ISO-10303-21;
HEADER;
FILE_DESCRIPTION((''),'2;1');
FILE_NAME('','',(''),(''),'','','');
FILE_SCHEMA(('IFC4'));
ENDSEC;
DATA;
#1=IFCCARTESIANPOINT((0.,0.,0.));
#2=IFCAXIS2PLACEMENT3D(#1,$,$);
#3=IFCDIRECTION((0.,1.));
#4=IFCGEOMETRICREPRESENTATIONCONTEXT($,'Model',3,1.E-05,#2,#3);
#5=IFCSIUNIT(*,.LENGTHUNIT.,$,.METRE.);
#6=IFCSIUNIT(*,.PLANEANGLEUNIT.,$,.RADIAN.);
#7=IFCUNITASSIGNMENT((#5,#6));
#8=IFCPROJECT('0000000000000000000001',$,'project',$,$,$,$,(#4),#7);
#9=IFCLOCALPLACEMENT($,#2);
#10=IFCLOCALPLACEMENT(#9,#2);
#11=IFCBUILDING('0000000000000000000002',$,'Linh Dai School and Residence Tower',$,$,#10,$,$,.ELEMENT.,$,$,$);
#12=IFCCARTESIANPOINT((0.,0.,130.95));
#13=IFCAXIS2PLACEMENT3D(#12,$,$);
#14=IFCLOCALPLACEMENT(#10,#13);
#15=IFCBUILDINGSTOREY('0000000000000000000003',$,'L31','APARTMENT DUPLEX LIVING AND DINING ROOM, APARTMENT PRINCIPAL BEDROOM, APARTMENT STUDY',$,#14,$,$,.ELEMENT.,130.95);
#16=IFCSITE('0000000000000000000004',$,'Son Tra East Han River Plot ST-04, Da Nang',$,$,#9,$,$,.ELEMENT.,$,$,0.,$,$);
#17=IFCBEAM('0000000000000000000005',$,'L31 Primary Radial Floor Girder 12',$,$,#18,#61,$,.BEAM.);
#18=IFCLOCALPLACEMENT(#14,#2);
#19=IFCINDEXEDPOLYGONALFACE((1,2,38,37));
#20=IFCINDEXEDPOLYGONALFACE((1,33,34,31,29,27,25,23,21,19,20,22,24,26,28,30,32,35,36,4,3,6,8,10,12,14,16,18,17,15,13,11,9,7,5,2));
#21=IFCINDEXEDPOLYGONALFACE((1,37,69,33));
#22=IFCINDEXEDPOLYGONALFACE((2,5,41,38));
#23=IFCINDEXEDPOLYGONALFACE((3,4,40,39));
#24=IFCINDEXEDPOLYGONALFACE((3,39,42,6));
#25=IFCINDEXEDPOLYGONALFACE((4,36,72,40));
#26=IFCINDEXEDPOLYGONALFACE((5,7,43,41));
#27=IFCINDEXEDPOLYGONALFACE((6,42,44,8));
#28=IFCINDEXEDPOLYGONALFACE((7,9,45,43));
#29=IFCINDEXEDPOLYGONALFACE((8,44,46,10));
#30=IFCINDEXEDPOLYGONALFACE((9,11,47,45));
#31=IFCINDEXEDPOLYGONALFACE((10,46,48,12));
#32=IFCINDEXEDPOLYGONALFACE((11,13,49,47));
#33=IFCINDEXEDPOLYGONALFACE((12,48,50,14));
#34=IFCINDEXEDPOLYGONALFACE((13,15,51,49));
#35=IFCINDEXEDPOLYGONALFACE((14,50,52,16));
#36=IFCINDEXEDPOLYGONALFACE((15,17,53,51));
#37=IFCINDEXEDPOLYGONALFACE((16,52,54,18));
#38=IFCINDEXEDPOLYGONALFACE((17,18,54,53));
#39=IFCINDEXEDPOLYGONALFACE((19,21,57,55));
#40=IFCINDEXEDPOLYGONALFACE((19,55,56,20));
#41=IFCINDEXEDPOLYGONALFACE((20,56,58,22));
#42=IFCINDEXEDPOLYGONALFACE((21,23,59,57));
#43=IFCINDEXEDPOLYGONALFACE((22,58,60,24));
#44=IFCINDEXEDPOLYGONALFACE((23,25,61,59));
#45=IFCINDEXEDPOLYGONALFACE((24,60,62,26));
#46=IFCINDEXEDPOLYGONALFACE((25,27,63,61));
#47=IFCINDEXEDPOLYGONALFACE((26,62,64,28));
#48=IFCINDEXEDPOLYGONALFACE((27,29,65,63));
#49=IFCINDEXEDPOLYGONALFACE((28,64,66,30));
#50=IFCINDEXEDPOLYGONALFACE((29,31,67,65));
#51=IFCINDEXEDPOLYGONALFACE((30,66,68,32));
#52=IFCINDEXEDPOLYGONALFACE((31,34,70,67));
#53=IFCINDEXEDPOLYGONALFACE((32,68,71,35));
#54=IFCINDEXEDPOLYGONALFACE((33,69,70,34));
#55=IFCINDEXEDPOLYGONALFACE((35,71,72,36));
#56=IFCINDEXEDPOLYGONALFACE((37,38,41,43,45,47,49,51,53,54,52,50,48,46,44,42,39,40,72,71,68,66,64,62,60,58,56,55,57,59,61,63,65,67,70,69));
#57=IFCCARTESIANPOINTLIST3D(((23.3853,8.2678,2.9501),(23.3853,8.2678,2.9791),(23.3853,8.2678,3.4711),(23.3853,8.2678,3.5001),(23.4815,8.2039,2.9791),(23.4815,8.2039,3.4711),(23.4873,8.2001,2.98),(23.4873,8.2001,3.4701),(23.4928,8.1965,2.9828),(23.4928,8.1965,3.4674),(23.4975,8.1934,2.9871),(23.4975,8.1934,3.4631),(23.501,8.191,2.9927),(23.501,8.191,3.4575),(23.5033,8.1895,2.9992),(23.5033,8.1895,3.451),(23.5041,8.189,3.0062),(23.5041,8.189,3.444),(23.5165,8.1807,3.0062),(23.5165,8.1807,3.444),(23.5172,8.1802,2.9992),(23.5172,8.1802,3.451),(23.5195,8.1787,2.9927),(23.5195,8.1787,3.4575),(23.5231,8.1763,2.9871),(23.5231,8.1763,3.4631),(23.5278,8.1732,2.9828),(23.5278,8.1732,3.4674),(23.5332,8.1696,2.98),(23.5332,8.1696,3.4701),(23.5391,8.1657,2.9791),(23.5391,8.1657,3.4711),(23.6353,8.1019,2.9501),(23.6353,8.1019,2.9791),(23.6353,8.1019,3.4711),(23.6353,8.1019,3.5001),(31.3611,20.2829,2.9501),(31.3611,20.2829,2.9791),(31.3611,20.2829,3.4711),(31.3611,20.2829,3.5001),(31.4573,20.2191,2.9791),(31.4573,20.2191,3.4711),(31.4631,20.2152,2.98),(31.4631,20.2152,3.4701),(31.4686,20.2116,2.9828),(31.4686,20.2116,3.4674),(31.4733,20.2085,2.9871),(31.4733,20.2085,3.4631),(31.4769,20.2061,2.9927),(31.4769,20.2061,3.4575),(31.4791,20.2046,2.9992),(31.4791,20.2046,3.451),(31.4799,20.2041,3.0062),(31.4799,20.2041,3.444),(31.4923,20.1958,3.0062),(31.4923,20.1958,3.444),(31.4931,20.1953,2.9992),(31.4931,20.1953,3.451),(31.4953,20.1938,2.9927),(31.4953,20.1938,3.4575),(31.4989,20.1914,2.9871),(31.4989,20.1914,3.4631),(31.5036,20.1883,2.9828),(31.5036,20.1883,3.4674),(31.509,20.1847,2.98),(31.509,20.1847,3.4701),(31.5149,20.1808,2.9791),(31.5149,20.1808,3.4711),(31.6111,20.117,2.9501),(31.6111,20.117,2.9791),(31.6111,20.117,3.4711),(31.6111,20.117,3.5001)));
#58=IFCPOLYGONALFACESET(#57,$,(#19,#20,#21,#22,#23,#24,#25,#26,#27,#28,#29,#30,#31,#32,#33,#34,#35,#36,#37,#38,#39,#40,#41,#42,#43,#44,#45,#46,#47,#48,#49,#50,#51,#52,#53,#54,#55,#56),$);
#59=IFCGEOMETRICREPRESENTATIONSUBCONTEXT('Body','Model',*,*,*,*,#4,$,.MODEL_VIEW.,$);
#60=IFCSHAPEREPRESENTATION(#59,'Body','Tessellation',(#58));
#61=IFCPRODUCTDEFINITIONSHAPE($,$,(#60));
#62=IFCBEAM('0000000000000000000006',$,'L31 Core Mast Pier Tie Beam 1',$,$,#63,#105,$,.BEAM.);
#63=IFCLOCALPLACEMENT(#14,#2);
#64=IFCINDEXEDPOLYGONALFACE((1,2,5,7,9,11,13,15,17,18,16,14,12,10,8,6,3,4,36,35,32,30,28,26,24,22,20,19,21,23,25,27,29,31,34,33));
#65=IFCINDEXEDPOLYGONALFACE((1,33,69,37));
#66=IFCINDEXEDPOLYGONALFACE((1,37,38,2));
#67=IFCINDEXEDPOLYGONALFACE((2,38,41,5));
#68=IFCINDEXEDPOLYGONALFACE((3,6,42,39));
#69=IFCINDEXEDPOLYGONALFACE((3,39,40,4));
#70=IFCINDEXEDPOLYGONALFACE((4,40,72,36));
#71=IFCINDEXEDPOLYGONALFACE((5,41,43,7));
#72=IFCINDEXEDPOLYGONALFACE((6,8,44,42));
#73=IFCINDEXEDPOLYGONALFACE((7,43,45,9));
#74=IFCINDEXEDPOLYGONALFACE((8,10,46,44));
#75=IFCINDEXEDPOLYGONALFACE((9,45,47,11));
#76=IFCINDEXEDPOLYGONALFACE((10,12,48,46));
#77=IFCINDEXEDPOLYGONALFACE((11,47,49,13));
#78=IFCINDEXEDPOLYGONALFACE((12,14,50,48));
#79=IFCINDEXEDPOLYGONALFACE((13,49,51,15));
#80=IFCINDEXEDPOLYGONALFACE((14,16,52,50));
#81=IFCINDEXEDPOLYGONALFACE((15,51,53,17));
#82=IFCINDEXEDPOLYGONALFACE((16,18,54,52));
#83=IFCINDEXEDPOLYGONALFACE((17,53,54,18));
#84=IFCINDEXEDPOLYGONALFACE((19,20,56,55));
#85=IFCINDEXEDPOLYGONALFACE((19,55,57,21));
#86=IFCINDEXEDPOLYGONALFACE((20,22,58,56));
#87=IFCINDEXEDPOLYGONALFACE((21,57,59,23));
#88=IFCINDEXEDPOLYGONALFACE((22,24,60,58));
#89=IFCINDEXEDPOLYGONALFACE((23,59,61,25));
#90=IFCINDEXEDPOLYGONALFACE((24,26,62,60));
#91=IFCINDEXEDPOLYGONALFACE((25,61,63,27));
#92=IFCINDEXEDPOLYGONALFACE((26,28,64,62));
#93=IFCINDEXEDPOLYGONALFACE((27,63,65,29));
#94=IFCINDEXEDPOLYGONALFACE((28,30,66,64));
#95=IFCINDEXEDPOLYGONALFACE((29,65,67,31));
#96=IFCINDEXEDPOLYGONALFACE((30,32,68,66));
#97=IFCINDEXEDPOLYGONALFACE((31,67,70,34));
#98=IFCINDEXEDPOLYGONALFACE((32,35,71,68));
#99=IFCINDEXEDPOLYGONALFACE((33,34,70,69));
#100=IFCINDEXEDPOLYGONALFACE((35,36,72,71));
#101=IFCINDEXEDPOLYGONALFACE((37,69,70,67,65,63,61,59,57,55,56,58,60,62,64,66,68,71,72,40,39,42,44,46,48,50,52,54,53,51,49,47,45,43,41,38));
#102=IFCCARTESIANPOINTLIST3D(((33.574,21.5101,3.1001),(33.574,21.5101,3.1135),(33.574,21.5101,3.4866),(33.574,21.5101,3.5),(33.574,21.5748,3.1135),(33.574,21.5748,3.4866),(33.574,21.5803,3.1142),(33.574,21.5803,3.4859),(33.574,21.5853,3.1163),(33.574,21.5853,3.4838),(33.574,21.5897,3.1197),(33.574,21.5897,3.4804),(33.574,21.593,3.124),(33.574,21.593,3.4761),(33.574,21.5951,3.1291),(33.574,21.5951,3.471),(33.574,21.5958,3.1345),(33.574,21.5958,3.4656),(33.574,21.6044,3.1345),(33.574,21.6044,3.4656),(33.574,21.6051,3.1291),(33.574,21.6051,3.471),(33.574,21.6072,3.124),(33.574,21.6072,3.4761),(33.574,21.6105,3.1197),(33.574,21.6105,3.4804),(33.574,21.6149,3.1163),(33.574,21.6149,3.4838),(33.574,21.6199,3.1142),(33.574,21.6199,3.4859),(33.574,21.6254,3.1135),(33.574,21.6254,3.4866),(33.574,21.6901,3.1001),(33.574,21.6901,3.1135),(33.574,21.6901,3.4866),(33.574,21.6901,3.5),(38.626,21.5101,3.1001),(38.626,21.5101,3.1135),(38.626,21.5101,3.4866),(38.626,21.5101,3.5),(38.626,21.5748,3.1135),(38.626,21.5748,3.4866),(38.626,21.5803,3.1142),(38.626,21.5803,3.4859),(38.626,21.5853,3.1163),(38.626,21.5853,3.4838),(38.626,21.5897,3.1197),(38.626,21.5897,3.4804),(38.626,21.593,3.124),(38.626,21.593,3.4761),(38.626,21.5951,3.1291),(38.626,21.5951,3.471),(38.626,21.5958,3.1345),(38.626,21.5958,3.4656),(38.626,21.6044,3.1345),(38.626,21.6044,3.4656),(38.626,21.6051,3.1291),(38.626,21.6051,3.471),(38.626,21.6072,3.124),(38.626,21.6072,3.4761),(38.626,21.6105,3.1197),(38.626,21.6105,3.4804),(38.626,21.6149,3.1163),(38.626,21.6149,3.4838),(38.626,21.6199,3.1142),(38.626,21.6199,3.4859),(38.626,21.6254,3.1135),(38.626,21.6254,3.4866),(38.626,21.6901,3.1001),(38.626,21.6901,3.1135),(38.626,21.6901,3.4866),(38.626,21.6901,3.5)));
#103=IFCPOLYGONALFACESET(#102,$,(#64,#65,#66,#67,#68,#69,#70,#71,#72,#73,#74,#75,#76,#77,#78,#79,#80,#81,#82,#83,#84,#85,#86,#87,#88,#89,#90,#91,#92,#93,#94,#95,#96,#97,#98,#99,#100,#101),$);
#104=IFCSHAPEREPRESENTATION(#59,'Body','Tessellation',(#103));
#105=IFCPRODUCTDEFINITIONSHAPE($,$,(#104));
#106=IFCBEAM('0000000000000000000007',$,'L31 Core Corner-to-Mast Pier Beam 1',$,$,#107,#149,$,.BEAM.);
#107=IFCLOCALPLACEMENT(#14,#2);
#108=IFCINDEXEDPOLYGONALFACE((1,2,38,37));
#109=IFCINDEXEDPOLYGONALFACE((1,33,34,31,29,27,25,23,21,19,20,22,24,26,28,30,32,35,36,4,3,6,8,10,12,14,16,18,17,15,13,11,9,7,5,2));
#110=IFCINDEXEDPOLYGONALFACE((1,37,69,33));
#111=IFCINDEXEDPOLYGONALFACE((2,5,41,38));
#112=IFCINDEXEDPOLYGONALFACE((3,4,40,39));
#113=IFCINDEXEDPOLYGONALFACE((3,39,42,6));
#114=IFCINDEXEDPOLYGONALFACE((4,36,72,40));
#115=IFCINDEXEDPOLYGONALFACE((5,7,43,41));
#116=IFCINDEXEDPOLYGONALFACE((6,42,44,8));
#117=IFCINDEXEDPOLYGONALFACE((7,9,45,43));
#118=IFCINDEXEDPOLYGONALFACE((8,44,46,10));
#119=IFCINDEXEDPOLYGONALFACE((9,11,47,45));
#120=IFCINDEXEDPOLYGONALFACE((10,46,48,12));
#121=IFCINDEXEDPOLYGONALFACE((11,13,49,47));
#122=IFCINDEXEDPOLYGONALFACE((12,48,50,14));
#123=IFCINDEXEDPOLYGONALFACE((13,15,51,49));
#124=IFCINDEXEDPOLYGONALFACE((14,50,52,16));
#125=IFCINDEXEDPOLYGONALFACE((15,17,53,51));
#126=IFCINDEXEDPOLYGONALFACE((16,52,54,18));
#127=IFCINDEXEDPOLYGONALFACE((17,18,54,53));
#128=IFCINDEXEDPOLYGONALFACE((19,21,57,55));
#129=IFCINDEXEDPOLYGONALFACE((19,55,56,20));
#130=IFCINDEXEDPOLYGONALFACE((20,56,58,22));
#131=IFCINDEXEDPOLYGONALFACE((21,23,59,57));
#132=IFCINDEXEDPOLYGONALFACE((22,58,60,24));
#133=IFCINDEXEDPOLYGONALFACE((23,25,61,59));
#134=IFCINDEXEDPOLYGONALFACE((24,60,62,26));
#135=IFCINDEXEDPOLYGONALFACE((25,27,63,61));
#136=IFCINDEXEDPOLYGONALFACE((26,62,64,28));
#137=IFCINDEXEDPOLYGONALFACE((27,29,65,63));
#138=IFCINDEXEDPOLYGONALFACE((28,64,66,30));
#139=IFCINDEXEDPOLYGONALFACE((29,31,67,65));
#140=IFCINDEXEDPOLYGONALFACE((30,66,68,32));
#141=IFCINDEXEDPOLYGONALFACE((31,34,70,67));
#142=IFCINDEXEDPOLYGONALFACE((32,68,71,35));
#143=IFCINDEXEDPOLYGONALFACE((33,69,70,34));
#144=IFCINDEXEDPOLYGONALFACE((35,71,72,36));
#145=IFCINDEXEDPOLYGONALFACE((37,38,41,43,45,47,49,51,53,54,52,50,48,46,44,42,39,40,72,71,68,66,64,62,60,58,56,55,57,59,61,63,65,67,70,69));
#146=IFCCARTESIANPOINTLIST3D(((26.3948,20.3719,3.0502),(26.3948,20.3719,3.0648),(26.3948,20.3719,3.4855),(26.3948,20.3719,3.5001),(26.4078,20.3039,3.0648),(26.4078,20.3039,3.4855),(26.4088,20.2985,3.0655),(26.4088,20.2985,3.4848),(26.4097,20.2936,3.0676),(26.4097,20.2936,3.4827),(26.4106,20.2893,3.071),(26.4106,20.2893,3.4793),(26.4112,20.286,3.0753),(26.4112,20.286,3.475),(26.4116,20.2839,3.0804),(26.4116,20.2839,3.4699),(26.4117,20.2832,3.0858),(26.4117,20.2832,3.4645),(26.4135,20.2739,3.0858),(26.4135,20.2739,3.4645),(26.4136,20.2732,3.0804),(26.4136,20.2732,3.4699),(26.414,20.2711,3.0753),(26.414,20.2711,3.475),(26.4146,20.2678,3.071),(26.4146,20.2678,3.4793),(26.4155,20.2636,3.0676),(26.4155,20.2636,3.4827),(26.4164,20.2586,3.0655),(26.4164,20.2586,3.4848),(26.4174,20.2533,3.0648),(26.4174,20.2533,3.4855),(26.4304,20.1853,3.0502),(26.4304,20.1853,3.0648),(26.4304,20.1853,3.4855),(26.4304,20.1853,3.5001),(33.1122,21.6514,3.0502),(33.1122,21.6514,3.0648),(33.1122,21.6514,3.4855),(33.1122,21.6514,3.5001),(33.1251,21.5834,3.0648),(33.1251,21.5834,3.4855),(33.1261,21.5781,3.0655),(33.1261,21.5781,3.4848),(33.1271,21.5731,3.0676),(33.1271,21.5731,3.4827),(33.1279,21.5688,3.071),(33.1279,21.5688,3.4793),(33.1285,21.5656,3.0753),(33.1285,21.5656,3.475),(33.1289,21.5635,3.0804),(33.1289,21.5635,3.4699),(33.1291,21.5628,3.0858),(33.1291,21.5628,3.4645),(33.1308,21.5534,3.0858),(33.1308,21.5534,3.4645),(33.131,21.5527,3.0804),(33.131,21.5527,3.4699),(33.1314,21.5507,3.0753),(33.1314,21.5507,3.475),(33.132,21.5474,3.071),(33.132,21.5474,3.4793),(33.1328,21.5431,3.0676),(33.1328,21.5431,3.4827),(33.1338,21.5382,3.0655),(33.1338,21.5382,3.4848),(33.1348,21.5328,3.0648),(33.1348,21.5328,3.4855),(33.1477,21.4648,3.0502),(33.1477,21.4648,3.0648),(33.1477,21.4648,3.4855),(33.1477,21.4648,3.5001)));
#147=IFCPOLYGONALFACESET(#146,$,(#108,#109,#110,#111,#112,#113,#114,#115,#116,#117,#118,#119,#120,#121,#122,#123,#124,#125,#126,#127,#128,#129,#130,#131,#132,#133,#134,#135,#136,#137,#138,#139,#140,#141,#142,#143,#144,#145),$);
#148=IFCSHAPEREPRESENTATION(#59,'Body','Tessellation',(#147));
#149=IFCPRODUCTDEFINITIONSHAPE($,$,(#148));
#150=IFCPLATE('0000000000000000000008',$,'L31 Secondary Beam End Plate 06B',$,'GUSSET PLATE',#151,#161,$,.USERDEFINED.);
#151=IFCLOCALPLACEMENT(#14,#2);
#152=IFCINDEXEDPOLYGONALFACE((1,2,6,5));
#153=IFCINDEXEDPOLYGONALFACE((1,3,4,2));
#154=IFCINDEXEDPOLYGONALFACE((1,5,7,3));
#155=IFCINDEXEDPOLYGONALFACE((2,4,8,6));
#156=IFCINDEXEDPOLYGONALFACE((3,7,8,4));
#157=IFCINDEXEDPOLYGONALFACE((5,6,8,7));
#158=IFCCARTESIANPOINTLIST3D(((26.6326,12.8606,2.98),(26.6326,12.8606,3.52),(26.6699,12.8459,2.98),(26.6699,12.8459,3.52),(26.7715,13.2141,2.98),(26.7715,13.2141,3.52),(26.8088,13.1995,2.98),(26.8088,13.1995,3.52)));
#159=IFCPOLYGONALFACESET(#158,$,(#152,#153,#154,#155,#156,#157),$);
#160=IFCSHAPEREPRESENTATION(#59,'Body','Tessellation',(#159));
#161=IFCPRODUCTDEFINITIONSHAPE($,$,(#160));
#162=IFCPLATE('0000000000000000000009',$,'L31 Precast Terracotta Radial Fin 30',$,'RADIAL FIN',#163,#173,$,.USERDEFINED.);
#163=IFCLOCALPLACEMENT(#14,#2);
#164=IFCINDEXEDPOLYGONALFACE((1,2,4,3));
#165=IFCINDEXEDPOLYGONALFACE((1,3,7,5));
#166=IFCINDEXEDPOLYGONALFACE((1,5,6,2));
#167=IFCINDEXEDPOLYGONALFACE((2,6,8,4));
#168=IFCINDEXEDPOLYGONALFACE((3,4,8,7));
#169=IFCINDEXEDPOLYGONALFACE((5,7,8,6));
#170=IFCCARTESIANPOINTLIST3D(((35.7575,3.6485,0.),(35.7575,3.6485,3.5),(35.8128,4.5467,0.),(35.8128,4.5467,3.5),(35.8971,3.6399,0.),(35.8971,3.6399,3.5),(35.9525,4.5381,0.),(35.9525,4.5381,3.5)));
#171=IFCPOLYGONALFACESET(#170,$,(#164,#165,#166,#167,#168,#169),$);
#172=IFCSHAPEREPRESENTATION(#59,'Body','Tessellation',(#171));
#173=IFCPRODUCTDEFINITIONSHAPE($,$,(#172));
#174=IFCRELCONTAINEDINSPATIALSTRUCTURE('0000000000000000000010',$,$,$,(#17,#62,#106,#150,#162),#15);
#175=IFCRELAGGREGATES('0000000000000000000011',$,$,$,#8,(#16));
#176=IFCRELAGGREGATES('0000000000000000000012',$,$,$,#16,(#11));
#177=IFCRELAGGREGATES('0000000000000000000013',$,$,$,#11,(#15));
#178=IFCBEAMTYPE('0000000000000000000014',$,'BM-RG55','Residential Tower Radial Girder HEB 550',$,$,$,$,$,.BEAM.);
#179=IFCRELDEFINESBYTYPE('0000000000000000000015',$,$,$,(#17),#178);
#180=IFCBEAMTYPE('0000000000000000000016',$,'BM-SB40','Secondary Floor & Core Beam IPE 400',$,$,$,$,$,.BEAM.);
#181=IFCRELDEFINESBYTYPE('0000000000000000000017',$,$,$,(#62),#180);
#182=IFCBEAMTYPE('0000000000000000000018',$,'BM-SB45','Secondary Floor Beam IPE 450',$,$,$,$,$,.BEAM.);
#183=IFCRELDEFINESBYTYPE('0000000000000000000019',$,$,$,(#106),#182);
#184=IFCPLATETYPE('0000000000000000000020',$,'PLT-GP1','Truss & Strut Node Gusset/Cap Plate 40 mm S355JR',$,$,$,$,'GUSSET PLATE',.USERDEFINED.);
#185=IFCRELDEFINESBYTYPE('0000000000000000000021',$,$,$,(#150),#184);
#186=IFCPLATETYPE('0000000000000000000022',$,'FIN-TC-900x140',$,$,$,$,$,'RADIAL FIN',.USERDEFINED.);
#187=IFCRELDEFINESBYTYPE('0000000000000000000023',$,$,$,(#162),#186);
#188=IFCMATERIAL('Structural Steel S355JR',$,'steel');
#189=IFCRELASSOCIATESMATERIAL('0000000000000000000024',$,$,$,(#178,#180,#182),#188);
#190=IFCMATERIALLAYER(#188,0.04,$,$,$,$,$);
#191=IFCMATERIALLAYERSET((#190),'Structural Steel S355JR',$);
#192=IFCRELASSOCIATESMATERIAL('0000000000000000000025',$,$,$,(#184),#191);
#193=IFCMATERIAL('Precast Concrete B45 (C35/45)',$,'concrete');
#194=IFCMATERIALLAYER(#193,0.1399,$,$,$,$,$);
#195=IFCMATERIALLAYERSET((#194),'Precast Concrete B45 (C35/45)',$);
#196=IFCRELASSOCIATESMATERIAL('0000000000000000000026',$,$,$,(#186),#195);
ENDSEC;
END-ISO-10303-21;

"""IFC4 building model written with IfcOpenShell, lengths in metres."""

from ifc_helpers import new_model, si_unit, direction, frame, origin, origin_2d, place, context, subcontext, project, spatial, rectangle, i_section, extrude, source, transform, mapped, material, layer, layer_set, material_profile, profile_set, type_object, element, save


model = new_model("IFC4")

# Units and contexts
model_context = context("Model", 3, precision=1e-05, world=origin(), true_north=direction((0.0, 1.0)))
body_context = subcontext(model_context, "Body", "Model", "MODEL_VIEW")
ifc_project = project(units=[si_unit("LENGTHUNIT", "METRE"), si_unit("PLANEANGLEUNIT", "RADIAN")], contexts=[model_context])

# Site, building, storey
site_placement = place(None, origin())
site = spatial("IfcSite", under=ifc_project, at=site_placement, Name="Son Tra East Han River Plot ST-04, Da Nang", CompositionType="ELEMENT", RefElevation=0.0)
building_placement = place(site_placement, origin())
building = spatial("IfcBuilding", under=site, at=building_placement, Name="Linh Dai School and Residence Tower", CompositionType="ELEMENT")
storey_placement = place(building_placement, frame((0.0, 0.0, 130.95)))
storey = spatial("IfcBuildingStorey", under=building, at=storey_placement, Name="L31", Description="APARTMENT DUPLEX LIVING AND DINING ROOM, APARTMENT PRINCIPAL BEDROOM, APARTMENT STUDY", CompositionType="ELEMENT", Elevation=130.95)

# Shared definitions
ifc_material_1 = material(Name="Structural Steel S355JR", Category="steel")

# Beams
ifc_material_profile_1 = material_profile(ifc_material_1, i_section(OverallWidth=0.3, OverallDepth=0.55, WebThickness=0.0149, FlangeThickness=0.0291, FilletRadius=0.0271, at=origin_2d()), Name="HEB 550")
ifc_profile_set_1 = profile_set([ifc_material_profile_1], Name="Structural Steel S355JR")
beam_type_1 = type_object("IfcBeamType", Name="BM-RG55", Description="Residential Tower Radial Girder HEB 550", PredefinedType="BEAM", material=ifc_profile_set_1)
beam_1_placement = place(storey_placement, frame((31.4861, 20.2, 3.2251), z_axis=(-0.553054, -0.833145, 0.0), x_axis=(0.833145, -0.553054, 0.0)))
element("IfcBeam", 1, at=beam_1_placement, inside=storey, type_object=beam_type_1, Name="L31 Primary Radial Floor Girder 12", PredefinedType="BEAM", context=body_context, shape_type="SweptSolid", body=[
    extrude(i_section(OverallWidth=0.3, OverallDepth=0.55, WebThickness=0.0149, FlangeThickness=0.0291, FilletRadius=0.0271, at=origin_2d()), origin(), (0.0, 0.0, 1.0), 14.4214),
])
ifc_material_profile_2 = material_profile(ifc_material_1, i_section(OverallWidth=0.1799, OverallDepth=0.3999, WebThickness=0.0085, FlangeThickness=0.0134, FilletRadius=0.021, at=origin_2d()), Name="IPE 400")
ifc_profile_set_2 = profile_set([ifc_material_profile_2], Name="Structural Steel S355JR")
beam_type_2 = type_object("IfcBeamType", Name="BM-SB40", Description="Secondary Floor & Core Beam IPE 400", PredefinedType="BEAM", material=ifc_profile_set_2)
beam_2_placement = place(storey_placement, frame((33.574, 21.6001, 3.3), z_axis=(1.0, 0.0, 0.0), x_axis=(0.0, 1.0, 0.0)))
element("IfcBeam", 2, at=beam_2_placement, inside=storey, type_object=beam_type_2, Name="L31 Core Mast Pier Tie Beam 1", PredefinedType="BEAM", context=body_context, shape_type="SweptSolid", body=[
    extrude(i_section(OverallWidth=0.1799, OverallDepth=0.3999, WebThickness=0.0085, FlangeThickness=0.0134, FilletRadius=0.021, at=origin_2d()), origin(), (0.0, 0.0, 1.0), 5.052),
])
ifc_material_profile_3 = material_profile(ifc_material_1, i_section(OverallWidth=0.1899, OverallDepth=0.45, WebThickness=0.0095, FlangeThickness=0.0146, FilletRadius=0.021, at=origin_2d()), Name="IPE 450")
ifc_profile_set_3 = profile_set([ifc_material_profile_3], Name="Structural Steel S355JR")
beam_type_3 = type_object("IfcBeamType", Name="BM-SB45", Description="Secondary Floor Beam IPE 450", PredefinedType="BEAM", material=ifc_profile_set_3)
beam_3_placement = place(storey_placement, frame((26.4126, 20.2786, 3.2751), z_axis=(0.982337, 0.18712, 0.0), x_axis=(-0.18712, 0.982337, 0.0)))
element("IfcBeam", 3, at=beam_3_placement, inside=storey, type_object=beam_type_3, Name="L31 Core Corner-to-Mast Pier Beam 1", PredefinedType="BEAM", context=body_context, shape_type="SweptSolid", body=[
    extrude(i_section(OverallWidth=0.1899, OverallDepth=0.45, WebThickness=0.0095, FlangeThickness=0.0146, FilletRadius=0.021, at=origin_2d()), origin(), (0.0, 0.0, 1.0), 6.8381),
])

# Plates
ifc_layer_1 = layer(ifc_material_1, 0.04)
ifc_layer_set_1 = layer_set([ifc_layer_1], Name="Structural Steel S355JR")
plate_type_1 = type_object("IfcPlateType", Name="PLT-GP1", Description="Truss & Strut Node Gusset/Cap Plate 40 mm S355JR", ElementType="GUSSET PLATE", PredefinedType="USERDEFINED", material=ifc_layer_set_1)
shared_shape_1 = source(origin(), body_context, "Body", "SweptSolid", [
    extrude(rectangle(XDim=0.04, YDim=0.3799, at=origin_2d()), origin(), (0.0, 0.0, 1.0), 0.54),
])
plate_1_placement = place(storey_placement, frame((26.7207, 13.03, 2.98), z_axis=(0.0, 0.0, 1.0), x_axis=(0.930752, -0.36565, 0.0)))
element("IfcPlate", 4, at=plate_1_placement, inside=storey, type_object=plate_type_1, Name="L31 Secondary Beam End Plate 06B", ObjectType="GUSSET PLATE", PredefinedType="USERDEFINED", context=body_context, shape_type="MappedRepresentation", body=[
    mapped(shared_shape_1, transform((0.0, 0.0, 0.0), x_axis=(1.0, 0.0, 0.0), y_axis=(0.0, 1.0, 0.0), z_axis=(0.0, 0.0, 1.0), scale=1.0)),
])
ifc_material_2 = material(Name="Precast Concrete B45 (C35/45)", Category="concrete")
ifc_layer_2 = layer(ifc_material_2, 0.1399)
ifc_layer_set_2 = layer_set([ifc_layer_2], Name="Precast Concrete B45 (C35/45)")
plate_type_2 = type_object("IfcPlateType", Name="FIN-TC-900x140", ElementType="RADIAL FIN", PredefinedType="USERDEFINED", material=ifc_layer_set_2)
shared_shape_2 = source(origin(), body_context, "Body", "SweptSolid", [
    extrude(rectangle(XDim=0.8999, YDim=0.1399, at=origin_2d()), origin(), (0.0, 0.0, 1.0), 3.5),
])
plate_2_placement = place(storey_placement, frame((35.855, 4.0933, 0.0), z_axis=(0.0, 0.0, 1.0), x_axis=(-0.061509, -0.998107, 0.0)))
element("IfcPlate", 5, at=plate_2_placement, inside=storey, type_object=plate_type_2, Name="L31 Precast Terracotta Radial Fin 30", ObjectType="RADIAL FIN", PredefinedType="USERDEFINED", context=body_context, shape_type="MappedRepresentation", body=[
    mapped(shared_shape_2, transform((0.0, 0.0, 0.0), x_axis=(1.0, 0.0, 0.0), y_axis=(0.0, 1.0, 0.0), z_axis=(0.0, 0.0, 1.0), scale=1.0)),
])

save(model, "model.ifc")
